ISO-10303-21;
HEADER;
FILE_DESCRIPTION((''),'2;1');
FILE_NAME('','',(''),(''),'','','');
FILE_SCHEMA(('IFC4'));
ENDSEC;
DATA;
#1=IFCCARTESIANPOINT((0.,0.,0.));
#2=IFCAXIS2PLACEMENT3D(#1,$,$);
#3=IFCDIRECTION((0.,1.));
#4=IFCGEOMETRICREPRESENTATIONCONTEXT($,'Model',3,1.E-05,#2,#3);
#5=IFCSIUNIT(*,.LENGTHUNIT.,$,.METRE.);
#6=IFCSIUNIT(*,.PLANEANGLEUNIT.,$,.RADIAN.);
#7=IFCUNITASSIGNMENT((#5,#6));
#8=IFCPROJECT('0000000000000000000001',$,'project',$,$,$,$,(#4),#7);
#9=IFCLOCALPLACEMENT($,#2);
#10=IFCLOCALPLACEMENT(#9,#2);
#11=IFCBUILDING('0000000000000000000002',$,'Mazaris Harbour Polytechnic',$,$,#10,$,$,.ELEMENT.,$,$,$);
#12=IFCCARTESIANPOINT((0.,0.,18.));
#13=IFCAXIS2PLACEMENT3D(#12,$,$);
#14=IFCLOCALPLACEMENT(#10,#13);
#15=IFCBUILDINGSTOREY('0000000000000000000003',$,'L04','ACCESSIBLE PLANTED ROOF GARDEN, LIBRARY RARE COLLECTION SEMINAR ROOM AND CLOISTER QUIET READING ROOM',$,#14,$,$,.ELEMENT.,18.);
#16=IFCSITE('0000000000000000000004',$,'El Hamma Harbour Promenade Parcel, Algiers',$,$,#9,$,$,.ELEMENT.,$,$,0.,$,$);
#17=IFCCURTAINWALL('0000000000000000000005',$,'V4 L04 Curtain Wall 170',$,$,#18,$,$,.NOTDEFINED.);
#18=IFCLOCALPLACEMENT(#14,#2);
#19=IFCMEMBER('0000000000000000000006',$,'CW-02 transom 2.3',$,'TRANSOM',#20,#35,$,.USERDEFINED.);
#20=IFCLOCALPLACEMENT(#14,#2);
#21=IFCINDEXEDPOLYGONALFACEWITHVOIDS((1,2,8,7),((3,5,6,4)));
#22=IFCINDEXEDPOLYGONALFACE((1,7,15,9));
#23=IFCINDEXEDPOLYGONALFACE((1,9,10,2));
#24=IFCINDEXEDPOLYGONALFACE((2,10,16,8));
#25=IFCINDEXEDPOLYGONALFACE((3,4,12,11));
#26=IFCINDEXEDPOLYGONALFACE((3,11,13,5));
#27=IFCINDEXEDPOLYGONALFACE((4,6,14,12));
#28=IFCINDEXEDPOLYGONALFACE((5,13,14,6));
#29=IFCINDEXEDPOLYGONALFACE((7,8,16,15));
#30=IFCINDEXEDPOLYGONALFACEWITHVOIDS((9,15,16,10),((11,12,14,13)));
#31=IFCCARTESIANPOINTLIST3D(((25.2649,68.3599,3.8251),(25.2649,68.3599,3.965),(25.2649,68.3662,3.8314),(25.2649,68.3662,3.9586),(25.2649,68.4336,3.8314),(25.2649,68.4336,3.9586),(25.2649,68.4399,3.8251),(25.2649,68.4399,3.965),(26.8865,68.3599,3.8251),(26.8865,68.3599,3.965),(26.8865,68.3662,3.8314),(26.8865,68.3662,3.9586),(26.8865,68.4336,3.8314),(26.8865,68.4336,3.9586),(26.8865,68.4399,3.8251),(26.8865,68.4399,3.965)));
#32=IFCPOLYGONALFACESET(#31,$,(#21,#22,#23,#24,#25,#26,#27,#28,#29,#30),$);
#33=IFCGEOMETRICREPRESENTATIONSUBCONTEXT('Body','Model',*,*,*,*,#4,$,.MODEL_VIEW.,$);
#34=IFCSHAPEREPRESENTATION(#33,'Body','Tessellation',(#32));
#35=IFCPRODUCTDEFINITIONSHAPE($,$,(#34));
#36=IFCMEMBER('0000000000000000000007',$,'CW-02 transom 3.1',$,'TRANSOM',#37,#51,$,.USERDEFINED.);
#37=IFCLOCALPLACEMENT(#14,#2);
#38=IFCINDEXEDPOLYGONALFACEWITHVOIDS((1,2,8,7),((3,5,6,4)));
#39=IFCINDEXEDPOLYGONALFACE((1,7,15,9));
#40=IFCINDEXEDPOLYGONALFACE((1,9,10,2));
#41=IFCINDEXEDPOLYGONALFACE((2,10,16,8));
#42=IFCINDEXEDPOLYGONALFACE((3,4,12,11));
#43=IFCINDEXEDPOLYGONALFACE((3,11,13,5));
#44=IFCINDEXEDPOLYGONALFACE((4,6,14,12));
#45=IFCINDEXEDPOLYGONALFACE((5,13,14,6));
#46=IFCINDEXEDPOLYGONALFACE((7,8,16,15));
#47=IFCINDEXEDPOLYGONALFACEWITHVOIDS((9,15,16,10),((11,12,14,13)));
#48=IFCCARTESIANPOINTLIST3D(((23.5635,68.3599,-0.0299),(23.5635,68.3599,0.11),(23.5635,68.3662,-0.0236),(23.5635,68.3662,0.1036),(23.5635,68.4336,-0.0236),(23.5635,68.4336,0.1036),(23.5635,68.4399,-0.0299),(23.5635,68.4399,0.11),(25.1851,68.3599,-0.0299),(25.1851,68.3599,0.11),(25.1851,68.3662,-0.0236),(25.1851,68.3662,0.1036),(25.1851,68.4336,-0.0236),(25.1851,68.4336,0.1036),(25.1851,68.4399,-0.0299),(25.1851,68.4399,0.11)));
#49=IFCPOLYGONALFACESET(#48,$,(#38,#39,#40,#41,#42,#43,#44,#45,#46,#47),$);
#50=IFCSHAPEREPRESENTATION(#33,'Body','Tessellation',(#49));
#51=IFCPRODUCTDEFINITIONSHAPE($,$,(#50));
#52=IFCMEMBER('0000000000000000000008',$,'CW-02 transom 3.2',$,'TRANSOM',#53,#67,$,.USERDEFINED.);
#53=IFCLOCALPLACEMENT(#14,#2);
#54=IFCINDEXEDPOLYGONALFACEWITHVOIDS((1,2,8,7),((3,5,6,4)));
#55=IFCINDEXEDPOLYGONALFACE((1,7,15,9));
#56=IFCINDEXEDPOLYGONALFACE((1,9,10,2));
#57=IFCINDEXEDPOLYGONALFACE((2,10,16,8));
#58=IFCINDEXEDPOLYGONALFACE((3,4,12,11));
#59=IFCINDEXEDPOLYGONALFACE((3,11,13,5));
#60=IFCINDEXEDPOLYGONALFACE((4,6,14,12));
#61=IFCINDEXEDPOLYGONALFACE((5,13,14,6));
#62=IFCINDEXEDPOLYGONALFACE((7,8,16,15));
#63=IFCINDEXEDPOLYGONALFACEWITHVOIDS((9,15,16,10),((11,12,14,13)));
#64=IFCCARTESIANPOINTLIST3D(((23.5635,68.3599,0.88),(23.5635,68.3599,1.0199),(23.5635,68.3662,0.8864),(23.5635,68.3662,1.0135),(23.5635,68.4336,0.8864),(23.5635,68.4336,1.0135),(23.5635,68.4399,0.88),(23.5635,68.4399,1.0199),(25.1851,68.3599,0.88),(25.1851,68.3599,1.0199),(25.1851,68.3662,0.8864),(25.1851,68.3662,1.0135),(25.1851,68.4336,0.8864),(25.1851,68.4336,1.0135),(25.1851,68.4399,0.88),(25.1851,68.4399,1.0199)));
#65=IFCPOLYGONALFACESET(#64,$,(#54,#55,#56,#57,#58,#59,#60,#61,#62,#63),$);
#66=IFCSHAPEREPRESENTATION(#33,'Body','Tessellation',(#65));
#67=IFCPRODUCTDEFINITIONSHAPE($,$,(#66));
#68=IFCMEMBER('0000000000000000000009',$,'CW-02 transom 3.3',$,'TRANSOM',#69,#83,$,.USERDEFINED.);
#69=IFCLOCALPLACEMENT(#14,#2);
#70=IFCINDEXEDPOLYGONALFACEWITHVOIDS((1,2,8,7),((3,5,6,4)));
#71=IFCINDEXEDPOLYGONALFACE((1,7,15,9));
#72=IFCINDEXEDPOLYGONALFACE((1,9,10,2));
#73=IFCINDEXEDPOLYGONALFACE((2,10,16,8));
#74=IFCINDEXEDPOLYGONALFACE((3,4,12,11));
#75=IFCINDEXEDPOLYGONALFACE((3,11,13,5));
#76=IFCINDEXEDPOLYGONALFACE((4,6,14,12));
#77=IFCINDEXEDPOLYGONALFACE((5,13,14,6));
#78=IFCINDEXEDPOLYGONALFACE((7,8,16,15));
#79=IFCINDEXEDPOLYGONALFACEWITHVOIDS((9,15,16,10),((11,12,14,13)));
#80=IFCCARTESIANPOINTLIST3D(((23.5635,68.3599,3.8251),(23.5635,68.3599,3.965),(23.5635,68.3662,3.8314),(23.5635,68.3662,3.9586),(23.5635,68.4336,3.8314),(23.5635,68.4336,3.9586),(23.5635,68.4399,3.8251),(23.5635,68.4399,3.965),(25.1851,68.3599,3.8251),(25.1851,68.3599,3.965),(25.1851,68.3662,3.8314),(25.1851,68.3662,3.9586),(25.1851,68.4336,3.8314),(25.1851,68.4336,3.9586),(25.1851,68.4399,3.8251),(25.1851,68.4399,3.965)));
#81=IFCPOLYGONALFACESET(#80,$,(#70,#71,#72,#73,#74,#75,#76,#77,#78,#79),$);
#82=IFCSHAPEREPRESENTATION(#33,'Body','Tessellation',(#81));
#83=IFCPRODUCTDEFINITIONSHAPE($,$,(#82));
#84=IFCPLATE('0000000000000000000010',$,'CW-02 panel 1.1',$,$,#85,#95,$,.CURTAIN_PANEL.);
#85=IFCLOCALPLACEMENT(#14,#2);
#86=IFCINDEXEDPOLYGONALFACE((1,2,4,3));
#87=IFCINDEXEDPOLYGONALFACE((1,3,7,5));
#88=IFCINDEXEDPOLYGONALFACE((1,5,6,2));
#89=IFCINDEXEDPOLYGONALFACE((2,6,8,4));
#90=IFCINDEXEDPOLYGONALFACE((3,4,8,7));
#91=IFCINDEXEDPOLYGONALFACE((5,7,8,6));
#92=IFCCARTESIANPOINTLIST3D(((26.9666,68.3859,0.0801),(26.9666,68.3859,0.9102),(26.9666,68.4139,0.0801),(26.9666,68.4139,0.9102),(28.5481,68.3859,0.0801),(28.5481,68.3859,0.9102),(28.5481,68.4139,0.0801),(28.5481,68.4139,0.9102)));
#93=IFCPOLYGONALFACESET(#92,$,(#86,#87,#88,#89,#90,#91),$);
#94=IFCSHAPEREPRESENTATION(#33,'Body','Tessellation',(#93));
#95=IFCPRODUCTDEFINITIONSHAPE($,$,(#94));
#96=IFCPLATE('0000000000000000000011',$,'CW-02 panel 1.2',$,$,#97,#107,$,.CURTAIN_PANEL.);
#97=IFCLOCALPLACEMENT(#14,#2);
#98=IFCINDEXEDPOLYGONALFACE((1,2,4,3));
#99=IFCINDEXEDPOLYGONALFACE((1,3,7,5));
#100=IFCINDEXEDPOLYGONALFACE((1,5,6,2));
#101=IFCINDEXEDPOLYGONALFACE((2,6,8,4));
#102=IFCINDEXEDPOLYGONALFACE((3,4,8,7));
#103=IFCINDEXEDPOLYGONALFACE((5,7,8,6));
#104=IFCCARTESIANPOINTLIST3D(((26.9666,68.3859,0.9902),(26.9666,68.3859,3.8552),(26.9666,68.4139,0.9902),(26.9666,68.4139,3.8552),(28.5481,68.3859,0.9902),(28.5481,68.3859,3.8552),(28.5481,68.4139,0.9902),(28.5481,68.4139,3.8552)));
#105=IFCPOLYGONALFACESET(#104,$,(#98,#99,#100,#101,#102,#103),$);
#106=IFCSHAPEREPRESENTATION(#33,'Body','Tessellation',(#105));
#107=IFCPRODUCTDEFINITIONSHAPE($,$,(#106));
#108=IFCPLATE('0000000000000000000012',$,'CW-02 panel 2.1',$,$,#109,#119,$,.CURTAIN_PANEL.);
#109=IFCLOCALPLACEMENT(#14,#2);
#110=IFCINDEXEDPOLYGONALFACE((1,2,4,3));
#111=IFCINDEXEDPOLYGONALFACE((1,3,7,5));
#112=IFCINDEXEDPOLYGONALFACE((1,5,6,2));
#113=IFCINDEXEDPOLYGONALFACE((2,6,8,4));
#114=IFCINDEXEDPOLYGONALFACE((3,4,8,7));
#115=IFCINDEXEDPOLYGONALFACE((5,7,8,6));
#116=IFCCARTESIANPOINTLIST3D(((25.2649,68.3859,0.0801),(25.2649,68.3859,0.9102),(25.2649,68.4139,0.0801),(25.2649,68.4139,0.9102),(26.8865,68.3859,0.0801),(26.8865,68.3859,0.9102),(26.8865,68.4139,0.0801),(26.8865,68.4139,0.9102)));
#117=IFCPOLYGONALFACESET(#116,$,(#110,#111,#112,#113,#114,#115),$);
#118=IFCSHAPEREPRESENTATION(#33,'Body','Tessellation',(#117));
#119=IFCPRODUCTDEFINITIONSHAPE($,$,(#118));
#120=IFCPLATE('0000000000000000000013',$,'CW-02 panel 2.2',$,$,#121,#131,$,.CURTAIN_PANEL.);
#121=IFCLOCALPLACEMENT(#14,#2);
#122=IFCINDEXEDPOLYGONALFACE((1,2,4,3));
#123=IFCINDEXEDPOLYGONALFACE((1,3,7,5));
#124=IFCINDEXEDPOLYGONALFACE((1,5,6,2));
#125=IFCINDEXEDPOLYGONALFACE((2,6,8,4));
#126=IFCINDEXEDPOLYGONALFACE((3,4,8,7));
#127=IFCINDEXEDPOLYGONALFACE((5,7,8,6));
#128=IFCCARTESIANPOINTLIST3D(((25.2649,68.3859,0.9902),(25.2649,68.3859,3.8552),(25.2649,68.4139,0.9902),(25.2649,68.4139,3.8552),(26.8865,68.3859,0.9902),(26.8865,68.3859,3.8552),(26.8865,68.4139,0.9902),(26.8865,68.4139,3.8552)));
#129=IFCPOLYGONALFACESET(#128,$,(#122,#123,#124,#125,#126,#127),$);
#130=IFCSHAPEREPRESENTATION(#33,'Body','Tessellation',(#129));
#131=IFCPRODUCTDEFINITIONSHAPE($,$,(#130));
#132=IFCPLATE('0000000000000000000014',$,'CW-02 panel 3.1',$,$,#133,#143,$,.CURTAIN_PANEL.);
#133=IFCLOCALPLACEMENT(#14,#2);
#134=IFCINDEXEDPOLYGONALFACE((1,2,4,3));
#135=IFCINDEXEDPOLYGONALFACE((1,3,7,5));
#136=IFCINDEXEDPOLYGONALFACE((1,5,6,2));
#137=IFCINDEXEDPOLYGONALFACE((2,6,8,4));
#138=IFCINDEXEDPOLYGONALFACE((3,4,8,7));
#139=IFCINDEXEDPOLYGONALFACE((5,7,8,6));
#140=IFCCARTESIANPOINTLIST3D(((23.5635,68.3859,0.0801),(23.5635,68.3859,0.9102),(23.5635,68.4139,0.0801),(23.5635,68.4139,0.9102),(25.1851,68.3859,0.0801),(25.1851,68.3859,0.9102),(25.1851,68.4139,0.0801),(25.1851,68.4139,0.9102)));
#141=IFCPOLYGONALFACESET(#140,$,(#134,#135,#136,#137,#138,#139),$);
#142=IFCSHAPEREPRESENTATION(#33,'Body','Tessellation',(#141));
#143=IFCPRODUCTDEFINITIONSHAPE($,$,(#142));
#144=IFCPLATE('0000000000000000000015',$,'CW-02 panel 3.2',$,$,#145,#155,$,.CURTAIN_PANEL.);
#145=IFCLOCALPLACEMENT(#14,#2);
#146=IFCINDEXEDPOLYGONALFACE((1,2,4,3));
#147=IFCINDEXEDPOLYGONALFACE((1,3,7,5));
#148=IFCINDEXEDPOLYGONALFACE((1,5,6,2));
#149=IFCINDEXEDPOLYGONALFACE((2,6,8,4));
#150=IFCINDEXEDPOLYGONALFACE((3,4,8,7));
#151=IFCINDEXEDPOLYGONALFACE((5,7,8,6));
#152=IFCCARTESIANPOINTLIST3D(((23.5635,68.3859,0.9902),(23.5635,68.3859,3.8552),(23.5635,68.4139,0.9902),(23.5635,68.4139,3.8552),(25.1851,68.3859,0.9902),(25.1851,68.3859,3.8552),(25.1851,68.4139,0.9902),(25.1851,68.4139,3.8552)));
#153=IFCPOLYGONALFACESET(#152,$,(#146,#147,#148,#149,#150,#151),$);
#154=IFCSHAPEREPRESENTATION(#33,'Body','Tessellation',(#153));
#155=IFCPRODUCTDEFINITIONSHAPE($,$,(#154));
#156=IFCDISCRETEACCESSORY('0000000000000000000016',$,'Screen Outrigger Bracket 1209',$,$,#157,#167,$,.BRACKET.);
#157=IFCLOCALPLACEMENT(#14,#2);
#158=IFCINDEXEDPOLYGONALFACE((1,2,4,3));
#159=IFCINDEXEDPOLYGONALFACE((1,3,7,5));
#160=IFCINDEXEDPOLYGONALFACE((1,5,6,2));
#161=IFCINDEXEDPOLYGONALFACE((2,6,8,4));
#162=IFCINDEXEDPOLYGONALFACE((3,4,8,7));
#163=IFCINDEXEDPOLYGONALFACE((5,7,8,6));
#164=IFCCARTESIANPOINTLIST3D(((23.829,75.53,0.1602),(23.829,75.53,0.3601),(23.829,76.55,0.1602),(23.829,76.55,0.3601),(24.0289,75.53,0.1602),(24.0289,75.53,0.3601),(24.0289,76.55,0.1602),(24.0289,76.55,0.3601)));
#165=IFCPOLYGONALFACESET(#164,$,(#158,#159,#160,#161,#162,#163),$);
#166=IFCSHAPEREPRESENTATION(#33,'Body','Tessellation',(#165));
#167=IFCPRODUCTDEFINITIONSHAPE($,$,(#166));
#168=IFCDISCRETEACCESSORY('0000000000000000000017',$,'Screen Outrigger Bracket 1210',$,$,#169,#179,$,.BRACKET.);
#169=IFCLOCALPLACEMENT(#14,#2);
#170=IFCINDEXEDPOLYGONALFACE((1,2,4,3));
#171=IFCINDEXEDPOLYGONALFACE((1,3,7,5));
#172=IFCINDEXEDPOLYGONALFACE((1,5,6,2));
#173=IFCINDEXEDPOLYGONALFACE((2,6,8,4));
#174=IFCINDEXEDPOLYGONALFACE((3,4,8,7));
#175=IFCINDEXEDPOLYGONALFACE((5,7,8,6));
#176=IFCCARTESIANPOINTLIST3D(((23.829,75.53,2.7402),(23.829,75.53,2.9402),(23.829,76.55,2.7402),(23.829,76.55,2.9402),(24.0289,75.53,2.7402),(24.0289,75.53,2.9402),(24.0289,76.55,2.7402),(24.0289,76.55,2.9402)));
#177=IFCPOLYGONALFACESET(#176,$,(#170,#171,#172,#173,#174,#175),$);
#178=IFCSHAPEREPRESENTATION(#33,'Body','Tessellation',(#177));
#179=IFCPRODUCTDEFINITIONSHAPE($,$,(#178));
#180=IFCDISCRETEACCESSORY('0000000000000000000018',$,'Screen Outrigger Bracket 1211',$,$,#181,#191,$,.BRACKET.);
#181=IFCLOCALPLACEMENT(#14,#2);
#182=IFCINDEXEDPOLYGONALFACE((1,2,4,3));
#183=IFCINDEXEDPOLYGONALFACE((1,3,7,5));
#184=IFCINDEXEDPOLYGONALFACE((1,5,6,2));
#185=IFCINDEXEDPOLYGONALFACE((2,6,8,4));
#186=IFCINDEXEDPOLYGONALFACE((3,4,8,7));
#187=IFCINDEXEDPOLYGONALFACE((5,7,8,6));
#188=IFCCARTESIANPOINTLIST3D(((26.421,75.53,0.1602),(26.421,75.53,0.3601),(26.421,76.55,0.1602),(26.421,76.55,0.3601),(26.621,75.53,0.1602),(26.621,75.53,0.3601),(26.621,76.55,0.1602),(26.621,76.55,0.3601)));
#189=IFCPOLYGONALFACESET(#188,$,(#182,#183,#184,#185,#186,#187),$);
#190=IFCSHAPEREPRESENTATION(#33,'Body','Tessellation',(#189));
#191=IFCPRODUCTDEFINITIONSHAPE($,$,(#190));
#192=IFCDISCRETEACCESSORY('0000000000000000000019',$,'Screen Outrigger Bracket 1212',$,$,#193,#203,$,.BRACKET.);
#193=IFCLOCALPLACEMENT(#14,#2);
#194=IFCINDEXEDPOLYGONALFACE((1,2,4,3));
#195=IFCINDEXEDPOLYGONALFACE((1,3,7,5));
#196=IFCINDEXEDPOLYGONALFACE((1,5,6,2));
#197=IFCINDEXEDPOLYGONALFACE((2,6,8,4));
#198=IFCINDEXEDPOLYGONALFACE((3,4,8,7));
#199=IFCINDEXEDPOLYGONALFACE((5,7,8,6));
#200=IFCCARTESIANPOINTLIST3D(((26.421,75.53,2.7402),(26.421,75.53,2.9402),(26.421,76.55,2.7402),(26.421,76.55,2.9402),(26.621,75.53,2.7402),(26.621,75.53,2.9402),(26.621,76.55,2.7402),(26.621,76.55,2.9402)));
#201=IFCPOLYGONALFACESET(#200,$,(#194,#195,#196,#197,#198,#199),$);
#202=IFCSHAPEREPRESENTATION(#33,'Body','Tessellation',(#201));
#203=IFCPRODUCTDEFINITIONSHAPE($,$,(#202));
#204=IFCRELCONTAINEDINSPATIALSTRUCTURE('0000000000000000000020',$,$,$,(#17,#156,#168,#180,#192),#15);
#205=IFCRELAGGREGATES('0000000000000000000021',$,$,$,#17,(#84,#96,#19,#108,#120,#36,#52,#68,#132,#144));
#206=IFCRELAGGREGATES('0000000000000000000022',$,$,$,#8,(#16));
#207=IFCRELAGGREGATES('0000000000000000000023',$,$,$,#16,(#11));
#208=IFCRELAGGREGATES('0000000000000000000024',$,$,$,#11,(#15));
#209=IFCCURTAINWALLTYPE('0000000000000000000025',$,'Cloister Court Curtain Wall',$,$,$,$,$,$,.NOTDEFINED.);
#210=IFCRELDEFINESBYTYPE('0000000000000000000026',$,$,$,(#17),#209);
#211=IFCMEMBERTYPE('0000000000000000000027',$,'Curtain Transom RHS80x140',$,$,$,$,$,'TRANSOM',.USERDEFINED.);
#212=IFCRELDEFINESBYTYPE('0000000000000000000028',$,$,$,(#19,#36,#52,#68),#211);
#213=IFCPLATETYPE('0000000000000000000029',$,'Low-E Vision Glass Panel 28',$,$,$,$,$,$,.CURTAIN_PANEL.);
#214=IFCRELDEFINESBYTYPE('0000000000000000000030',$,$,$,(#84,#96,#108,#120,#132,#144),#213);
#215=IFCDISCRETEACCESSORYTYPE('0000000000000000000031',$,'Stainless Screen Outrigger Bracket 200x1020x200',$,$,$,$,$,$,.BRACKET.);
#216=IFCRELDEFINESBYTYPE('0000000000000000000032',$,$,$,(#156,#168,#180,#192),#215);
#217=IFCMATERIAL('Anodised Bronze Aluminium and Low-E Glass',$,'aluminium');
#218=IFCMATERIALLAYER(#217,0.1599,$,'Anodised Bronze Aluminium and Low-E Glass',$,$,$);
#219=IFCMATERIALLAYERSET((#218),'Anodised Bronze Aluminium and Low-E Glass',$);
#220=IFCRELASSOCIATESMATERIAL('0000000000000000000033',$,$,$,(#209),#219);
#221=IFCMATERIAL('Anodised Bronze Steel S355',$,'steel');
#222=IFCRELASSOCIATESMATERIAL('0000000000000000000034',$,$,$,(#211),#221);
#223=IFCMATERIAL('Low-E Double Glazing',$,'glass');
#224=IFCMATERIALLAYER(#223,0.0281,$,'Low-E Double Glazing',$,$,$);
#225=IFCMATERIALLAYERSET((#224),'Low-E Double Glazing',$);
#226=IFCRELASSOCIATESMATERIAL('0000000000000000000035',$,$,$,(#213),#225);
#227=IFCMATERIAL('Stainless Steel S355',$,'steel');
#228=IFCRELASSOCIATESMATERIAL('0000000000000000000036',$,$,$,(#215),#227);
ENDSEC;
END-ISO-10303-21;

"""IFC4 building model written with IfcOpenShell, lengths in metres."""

from ifc_helpers import new_model, si_unit, direction, frame, origin, origin_2d, place, context, subcontext, project, spatial, rectangle, hollow_rectangle, extrude, material, layer, layer_set, material_profile, profile_set, type_object, element, aggregate, save


model = new_model("IFC4")

# Units and contexts
model_context = context("Model", 3, precision=1e-05, world=origin(), true_north=direction((0.0, 1.0)))
body_context = subcontext(model_context, "Body", "Model", "MODEL_VIEW")
ifc_project = project(units=[si_unit("LENGTHUNIT", "METRE"), si_unit("PLANEANGLEUNIT", "RADIAN")], contexts=[model_context])

# Site, building, storey
site_placement = place(None, origin())
site = spatial("IfcSite", under=ifc_project, at=site_placement, Name="El Hamma Harbour Promenade Parcel, Algiers", CompositionType="ELEMENT", RefElevation=0.0)
building_placement = place(site_placement, origin())
building = spatial("IfcBuilding", under=site, at=building_placement, Name="Mazaris Harbour Polytechnic", CompositionType="ELEMENT")
storey_placement = place(building_placement, frame((0.0, 0.0, 18.0)))
storey = spatial("IfcBuildingStorey", under=building, at=storey_placement, Name="L04", Description="ACCESSIBLE PLANTED ROOF GARDEN, LIBRARY RARE COLLECTION SEMINAR ROOM AND CLOISTER QUIET READING ROOM", CompositionType="ELEMENT", Elevation=18.0)

# Curtain wall, members, plates
ifc_material_1 = material(Name="Anodised Bronze Aluminium and Low-E Glass", Category="aluminium")
ifc_layer_1 = layer(ifc_material_1, 0.1599, Name="Anodised Bronze Aluminium and Low-E Glass")
ifc_layer_set_1 = layer_set([ifc_layer_1], Name="Anodised Bronze Aluminium and Low-E Glass")
curtain_wall_type = type_object("IfcCurtainWallType", Name="Cloister Court Curtain Wall", PredefinedType="NOTDEFINED", material=ifc_layer_set_1)
curtain_wall_placement = place(storey_placement, origin())
curtain_wall = element("IfcCurtainWall", 1, at=curtain_wall_placement, inside=storey, type_object=curtain_wall_type, Name="V4 L04 Curtain Wall 170", PredefinedType="NOTDEFINED")
ifc_material_2 = material(Name="Anodised Bronze Steel S355", Category="steel")
ifc_material_profile_1 = material_profile(ifc_material_2, hollow_rectangle(XDim=0.0801, YDim=0.1399, WallThickness=0.0063, at=origin_2d()), Name="RHS 80x140x6.3")
ifc_profile_set_1 = profile_set([ifc_material_profile_1], Name="Anodised Bronze Steel S355")
member_type_1 = type_object("IfcMemberType", Name="Curtain Transom RHS80x140", ElementType="TRANSOM", PredefinedType="USERDEFINED", material=ifc_profile_set_1)
member_1_placement = place(storey_placement, frame((26.8865, 68.3999, 3.895), z_axis=(-1.0, 0.0, 0.0), x_axis=(0.0, -1.0, 0.0)))
member_1 = element("IfcMember", 2, at=member_1_placement, type_object=member_type_1, Name="CW-02 transom 2.3", ObjectType="TRANSOM", PredefinedType="USERDEFINED", context=body_context, shape_type="SweptSolid", body=[
    extrude(hollow_rectangle(XDim=0.0801, YDim=0.1399, WallThickness=0.0063, at=origin_2d()), origin(), (0.0, 0.0, 1.0), 1.6216),
])
member_2_placement = place(storey_placement, frame((25.1851, 68.3999, 0.04), z_axis=(-1.0, 0.0, 0.0), x_axis=(0.0, -1.0, 0.0)))
member_2 = element("IfcMember", 3, at=member_2_placement, type_object=member_type_1, Name="CW-02 transom 3.1", ObjectType="TRANSOM", PredefinedType="USERDEFINED", context=body_context, shape_type="SweptSolid", body=[
    extrude(hollow_rectangle(XDim=0.0801, YDim=0.1399, WallThickness=0.0063, at=origin_2d()), origin(), (0.0, 0.0, 1.0), 1.6216),
])
member_3_placement = place(storey_placement, frame((25.1851, 68.3999, 0.95), z_axis=(-1.0, 0.0, 0.0), x_axis=(0.0, -1.0, 0.0)))
member_3 = element("IfcMember", 4, at=member_3_placement, type_object=member_type_1, Name="CW-02 transom 3.2", ObjectType="TRANSOM", PredefinedType="USERDEFINED", context=body_context, shape_type="SweptSolid", body=[
    extrude(hollow_rectangle(XDim=0.0801, YDim=0.1399, WallThickness=0.0063, at=origin_2d()), origin(), (0.0, 0.0, 1.0), 1.6216),
])
member_4_placement = place(storey_placement, frame((25.1851, 68.3999, 3.895), z_axis=(-1.0, 0.0, 0.0), x_axis=(0.0, -1.0, 0.0)))
member_4 = element("IfcMember", 5, at=member_4_placement, type_object=member_type_1, Name="CW-02 transom 3.3", ObjectType="TRANSOM", PredefinedType="USERDEFINED", context=body_context, shape_type="SweptSolid", body=[
    extrude(hollow_rectangle(XDim=0.0801, YDim=0.1399, WallThickness=0.0063, at=origin_2d()), origin(), (0.0, 0.0, 1.0), 1.6216),
])
ifc_material_3 = material(Name="Low-E Double Glazing", Category="glass")
ifc_layer_2 = layer(ifc_material_3, 0.0281, Name="Low-E Double Glazing")
ifc_layer_set_2 = layer_set([ifc_layer_2], Name="Low-E Double Glazing")
plate_type = type_object("IfcPlateType", Name="Low-E Vision Glass Panel 28", PredefinedType="CURTAIN_PANEL", material=ifc_layer_set_2)
plate_1_placement = place(storey_placement, frame((27.7573, 68.3999, 0.0801), z_axis=(0.0, 0.0, 1.0), x_axis=(-1.0, 0.0, 0.0)))
plate_1 = element("IfcPlate", 6, at=plate_1_placement, type_object=plate_type, Name="CW-02 panel 1.1", PredefinedType="CURTAIN_PANEL", context=body_context, shape_type="SweptSolid", body=[
    extrude(rectangle(XDim=1.5815, YDim=0.0281, at=origin_2d()), origin(), (0.0, 0.0, 1.0), 0.8301),
])
plate_2_placement = place(storey_placement, frame((27.7573, 68.3999, 0.9902), z_axis=(0.0, 0.0, 1.0), x_axis=(-1.0, 0.0, 0.0)))
plate_2 = element("IfcPlate", 7, at=plate_2_placement, type_object=plate_type, Name="CW-02 panel 1.2", PredefinedType="CURTAIN_PANEL", context=body_context, shape_type="SweptSolid", body=[
    extrude(rectangle(XDim=1.5815, YDim=0.0281, at=origin_2d()), origin(), (0.0, 0.0, 1.0), 2.865),
])
plate_3_placement = place(storey_placement, frame((26.0757, 68.3999, 0.0801), z_axis=(0.0, 0.0, 1.0), x_axis=(-1.0, 0.0, 0.0)))
plate_3 = element("IfcPlate", 8, at=plate_3_placement, type_object=plate_type, Name="CW-02 panel 2.1", PredefinedType="CURTAIN_PANEL", context=body_context, shape_type="SweptSolid", body=[
    extrude(rectangle(XDim=1.6216, YDim=0.0281, at=origin_2d()), origin(), (0.0, 0.0, 1.0), 0.8301),
])
plate_4_placement = place(storey_placement, frame((26.0757, 68.3999, 0.9902), z_axis=(0.0, 0.0, 1.0), x_axis=(-1.0, 0.0, 0.0)))
plate_4 = element("IfcPlate", 9, at=plate_4_placement, type_object=plate_type, Name="CW-02 panel 2.2", PredefinedType="CURTAIN_PANEL", context=body_context, shape_type="SweptSolid", body=[
    extrude(rectangle(XDim=1.6216, YDim=0.0281, at=origin_2d()), origin(), (0.0, 0.0, 1.0), 2.865),
])
plate_5_placement = place(storey_placement, frame((24.3743, 68.3999, 0.0801), z_axis=(0.0, 0.0, 1.0), x_axis=(-1.0, 0.0, 0.0)))
plate_5 = element("IfcPlate", 10, at=plate_5_placement, type_object=plate_type, Name="CW-02 panel 3.1", PredefinedType="CURTAIN_PANEL", context=body_context, shape_type="SweptSolid", body=[
    extrude(rectangle(XDim=1.6216, YDim=0.0281, at=origin_2d()), origin(), (0.0, 0.0, 1.0), 0.8301),
])
plate_6_placement = place(storey_placement, frame((24.3743, 68.3999, 0.9902), z_axis=(0.0, 0.0, 1.0), x_axis=(-1.0, 0.0, 0.0)))
plate_6 = element("IfcPlate", 11, at=plate_6_placement, type_object=plate_type, Name="CW-02 panel 3.2", PredefinedType="CURTAIN_PANEL", context=body_context, shape_type="SweptSolid", body=[
    extrude(rectangle(XDim=1.6216, YDim=0.0281, at=origin_2d()), origin(), (0.0, 0.0, 1.0), 2.865),
])
aggregate(curtain_wall, [plate_1, plate_2, member_1, plate_3, plate_4, member_2, member_3, member_4, plate_5, plate_6])

# Discrete accessories
ifc_material_4 = material(Name="Stainless Steel S355", Category="steel")
discrete_accessory_type = type_object("IfcDiscreteAccessoryType", Name="Stainless Screen Outrigger Bracket 200x1020x200", PredefinedType="BRACKET", material=ifc_material_4)
for number, where, z_axis, x_axis, name in (
    (12, (23.929, 76.04, 0.1602), (0.0, 0.0, 1.0), (1.0, 0.0, 0.0), "Screen Outrigger Bracket 1209"),
    (13, (23.929, 76.04, 2.7402), (0.0, 0.0, 1.0), (1.0, 0.0, 0.0), "Screen Outrigger Bracket 1210"),
    (14, (26.521, 76.04, 0.1602), (0.0, 0.0, 1.0), (1.0, 0.0, 0.0), "Screen Outrigger Bracket 1211"),
    (15, (26.521, 76.04, 2.7402), (0.0, 0.0, 1.0), (1.0, 0.0, 0.0), "Screen Outrigger Bracket 1212"),
):
    element("IfcDiscreteAccessory", number, at=place(storey_placement, frame(where, z_axis=z_axis, x_axis=x_axis)), inside=storey, type_object=discrete_accessory_type, Name=name, PredefinedType="BRACKET", context=body_context, shape_type="SweptSolid", body=[
        extrude(rectangle(XDim=0.2, YDim=1.02, at=origin_2d()), origin(), (0.0, 0.0, 1.0), 0.2),
    ])

save(model, "model.ifc")
